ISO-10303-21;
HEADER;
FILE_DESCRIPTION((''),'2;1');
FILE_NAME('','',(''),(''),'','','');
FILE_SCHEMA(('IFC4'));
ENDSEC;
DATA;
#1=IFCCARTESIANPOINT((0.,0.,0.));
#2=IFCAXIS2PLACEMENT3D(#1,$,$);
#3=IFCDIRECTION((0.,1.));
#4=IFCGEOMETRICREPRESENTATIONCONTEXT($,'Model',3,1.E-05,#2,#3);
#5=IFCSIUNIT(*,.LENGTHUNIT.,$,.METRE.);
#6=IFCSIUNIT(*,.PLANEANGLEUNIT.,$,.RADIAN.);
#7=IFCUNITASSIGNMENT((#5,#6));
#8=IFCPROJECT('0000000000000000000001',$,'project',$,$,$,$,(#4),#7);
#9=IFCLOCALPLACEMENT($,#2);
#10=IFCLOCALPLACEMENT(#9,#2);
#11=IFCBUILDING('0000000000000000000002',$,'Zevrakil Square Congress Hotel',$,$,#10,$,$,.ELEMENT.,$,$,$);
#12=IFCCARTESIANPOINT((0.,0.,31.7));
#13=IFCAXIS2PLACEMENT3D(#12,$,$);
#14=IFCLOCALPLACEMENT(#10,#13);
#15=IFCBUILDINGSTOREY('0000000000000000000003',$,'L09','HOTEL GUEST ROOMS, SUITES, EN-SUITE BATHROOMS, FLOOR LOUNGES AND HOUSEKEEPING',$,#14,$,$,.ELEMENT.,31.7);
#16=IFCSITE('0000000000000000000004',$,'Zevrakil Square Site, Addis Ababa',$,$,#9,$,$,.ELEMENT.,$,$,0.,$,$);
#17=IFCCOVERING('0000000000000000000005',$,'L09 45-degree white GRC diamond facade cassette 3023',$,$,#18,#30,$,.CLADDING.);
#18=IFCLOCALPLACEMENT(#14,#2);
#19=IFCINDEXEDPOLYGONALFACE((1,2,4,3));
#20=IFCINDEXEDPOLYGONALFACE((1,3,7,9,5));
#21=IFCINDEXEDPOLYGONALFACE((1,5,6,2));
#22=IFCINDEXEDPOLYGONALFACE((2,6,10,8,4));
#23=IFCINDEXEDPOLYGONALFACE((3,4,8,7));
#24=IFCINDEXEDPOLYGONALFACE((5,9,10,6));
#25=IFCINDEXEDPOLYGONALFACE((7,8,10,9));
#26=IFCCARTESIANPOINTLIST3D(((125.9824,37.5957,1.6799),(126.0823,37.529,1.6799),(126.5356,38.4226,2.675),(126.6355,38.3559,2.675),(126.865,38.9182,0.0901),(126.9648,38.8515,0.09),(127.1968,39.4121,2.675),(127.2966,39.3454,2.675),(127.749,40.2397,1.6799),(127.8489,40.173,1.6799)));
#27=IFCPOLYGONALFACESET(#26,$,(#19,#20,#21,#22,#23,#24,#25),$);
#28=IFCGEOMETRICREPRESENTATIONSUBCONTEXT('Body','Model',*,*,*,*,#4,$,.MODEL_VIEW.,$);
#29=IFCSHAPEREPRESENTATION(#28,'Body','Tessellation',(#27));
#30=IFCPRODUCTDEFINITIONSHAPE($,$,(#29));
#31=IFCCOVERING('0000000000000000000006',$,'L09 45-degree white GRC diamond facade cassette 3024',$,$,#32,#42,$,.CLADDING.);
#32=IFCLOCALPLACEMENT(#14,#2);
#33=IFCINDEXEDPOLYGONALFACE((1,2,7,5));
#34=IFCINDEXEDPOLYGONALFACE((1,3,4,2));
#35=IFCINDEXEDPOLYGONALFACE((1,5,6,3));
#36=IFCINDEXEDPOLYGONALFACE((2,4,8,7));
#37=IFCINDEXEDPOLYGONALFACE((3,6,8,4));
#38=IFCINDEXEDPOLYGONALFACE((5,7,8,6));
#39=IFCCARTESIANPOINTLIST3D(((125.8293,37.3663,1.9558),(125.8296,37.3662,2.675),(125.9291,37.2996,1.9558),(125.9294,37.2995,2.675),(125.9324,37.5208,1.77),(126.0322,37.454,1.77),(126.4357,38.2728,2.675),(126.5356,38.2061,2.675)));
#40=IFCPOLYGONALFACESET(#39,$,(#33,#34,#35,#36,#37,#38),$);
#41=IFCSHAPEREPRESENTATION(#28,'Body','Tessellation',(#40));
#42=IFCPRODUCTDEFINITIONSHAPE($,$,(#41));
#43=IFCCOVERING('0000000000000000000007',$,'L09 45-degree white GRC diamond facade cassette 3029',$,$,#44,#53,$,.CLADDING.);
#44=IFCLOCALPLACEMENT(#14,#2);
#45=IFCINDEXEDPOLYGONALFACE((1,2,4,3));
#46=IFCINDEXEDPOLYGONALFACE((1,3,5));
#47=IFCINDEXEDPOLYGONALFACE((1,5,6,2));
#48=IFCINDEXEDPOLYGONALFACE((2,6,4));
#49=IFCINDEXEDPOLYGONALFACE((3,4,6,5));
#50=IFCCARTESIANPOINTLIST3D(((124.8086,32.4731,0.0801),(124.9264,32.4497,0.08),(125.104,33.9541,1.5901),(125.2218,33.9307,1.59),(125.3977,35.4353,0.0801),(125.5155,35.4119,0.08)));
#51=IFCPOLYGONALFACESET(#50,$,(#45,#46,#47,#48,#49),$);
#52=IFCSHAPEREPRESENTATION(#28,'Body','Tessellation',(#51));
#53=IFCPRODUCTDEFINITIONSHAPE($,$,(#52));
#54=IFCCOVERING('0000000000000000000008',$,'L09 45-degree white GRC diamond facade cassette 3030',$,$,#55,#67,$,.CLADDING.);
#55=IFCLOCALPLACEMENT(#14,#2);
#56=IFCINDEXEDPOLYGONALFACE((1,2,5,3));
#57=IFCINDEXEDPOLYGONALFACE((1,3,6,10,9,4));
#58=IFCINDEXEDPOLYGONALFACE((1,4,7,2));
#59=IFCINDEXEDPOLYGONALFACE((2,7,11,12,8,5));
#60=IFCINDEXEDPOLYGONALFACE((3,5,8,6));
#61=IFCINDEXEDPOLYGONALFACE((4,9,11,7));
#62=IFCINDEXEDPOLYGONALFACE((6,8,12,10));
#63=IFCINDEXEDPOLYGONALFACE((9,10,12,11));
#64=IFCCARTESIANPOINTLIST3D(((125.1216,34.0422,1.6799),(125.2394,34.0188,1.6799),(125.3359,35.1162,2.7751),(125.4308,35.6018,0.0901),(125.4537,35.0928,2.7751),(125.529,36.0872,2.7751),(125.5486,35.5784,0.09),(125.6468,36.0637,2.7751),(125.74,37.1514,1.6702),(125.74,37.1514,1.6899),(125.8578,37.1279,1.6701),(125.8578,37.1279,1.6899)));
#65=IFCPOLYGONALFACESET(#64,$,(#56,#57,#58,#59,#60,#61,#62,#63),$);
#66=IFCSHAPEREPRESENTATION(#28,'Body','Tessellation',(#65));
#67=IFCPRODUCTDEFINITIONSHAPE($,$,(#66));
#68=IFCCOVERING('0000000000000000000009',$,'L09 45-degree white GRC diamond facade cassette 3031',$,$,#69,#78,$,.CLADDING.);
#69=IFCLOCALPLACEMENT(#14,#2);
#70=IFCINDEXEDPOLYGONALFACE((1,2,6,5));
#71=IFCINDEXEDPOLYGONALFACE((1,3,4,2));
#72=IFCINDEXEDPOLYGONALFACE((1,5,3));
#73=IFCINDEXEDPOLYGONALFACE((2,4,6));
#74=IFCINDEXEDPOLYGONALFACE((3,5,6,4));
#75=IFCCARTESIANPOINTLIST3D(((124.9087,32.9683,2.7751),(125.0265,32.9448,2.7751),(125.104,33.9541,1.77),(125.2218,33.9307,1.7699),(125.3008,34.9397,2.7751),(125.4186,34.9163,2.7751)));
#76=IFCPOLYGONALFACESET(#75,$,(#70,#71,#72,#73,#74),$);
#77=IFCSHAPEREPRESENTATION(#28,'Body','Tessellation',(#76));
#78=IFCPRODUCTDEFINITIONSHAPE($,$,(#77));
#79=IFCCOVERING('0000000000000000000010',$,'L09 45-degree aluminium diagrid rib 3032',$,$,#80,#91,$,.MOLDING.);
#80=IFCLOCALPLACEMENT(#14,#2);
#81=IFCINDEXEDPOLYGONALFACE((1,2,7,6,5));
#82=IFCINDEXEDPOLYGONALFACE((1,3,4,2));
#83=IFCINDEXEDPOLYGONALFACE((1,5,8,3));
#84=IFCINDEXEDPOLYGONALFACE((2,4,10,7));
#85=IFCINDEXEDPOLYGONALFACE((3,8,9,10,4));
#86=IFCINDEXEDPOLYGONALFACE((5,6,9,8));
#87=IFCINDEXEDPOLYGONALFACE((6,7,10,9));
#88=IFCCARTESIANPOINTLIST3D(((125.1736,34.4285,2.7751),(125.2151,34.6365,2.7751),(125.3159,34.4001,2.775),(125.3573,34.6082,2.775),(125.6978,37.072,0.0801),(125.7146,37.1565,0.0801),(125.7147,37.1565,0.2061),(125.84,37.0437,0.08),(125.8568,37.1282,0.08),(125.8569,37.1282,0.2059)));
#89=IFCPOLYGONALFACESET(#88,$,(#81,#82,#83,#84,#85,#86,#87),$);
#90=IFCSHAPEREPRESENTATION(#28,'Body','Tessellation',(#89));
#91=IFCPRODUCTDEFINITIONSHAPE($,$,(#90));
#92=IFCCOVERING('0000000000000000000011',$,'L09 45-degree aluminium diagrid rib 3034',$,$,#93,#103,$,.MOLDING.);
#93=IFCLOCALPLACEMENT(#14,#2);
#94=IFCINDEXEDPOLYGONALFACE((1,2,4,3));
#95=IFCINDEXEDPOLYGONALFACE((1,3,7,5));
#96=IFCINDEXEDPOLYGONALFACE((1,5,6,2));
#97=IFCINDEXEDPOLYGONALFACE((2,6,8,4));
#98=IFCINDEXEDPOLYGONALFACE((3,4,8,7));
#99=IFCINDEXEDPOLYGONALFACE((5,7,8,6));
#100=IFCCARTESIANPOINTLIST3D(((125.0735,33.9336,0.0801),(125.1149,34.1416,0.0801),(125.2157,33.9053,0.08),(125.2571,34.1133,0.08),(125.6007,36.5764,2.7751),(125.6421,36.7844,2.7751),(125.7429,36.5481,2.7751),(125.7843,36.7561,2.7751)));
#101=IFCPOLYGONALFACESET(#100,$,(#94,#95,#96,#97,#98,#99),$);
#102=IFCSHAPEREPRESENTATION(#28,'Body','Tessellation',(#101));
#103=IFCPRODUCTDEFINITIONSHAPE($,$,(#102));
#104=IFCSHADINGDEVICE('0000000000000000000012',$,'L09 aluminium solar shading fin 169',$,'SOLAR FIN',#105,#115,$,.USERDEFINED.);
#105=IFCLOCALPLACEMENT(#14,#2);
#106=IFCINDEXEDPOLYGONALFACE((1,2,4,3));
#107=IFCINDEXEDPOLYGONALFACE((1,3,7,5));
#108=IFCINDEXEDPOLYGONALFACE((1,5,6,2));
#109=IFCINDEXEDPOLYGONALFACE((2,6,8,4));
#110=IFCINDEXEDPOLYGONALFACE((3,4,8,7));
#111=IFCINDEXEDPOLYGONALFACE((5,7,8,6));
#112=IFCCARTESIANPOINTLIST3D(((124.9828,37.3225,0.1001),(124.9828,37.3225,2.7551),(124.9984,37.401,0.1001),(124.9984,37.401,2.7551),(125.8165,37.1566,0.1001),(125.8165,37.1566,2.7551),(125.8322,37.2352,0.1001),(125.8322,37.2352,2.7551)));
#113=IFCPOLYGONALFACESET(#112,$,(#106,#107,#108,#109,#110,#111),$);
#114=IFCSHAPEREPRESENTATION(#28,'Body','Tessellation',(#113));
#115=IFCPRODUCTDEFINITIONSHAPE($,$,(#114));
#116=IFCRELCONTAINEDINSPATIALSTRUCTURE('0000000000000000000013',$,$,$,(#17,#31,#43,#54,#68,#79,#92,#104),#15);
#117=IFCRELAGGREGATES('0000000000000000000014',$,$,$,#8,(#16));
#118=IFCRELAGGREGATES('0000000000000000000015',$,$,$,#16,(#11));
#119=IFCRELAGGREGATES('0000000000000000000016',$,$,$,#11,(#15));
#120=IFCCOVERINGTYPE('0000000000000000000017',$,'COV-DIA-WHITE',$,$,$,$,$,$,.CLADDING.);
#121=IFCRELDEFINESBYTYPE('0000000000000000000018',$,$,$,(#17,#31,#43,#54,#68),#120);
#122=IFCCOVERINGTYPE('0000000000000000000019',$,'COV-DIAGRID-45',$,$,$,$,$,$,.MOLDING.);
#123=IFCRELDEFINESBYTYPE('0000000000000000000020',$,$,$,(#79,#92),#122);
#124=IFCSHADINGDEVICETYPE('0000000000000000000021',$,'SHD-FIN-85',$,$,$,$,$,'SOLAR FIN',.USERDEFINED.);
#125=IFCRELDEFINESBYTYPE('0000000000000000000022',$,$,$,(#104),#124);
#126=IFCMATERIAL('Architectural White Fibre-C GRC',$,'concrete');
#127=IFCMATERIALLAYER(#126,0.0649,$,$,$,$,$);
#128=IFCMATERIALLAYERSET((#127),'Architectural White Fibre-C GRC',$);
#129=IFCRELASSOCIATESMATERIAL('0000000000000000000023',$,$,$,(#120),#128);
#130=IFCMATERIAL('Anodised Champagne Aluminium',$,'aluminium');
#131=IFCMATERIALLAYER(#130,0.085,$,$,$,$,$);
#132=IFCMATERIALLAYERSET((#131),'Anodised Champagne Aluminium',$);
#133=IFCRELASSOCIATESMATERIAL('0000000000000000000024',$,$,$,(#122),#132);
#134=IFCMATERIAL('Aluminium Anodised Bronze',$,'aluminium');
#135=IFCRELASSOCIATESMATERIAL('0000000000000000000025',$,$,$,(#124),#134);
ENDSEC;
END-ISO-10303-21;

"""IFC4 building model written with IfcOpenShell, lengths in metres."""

from ifc_helpers import new_model, si_unit, direction, frame, origin, origin_2d, place, context, subcontext, project, spatial, polyline, rectangle, outline, extrude, material, layer, layer_set, type_object, element, save


model = new_model("IFC4")

# Units and contexts
model_context = context("Model", 3, precision=1e-05, world=origin(), true_north=direction((0.0, 1.0)))
body_context = subcontext(model_context, "Body", "Model", "MODEL_VIEW")
ifc_project = project(units=[si_unit("LENGTHUNIT", "METRE"), si_unit("PLANEANGLEUNIT", "RADIAN")], contexts=[model_context])

# Site, building, storey
site_placement = place(None, origin())
site = spatial("IfcSite", under=ifc_project, at=site_placement, Name="Zevrakil Square Site, Addis Ababa", CompositionType="ELEMENT", RefElevation=0.0)
building_placement = place(site_placement, origin())
building = spatial("IfcBuilding", under=site, at=building_placement, Name="Zevrakil Square Congress Hotel", CompositionType="ELEMENT")
storey_placement = place(building_placement, frame((0.0, 0.0, 31.7)))
storey = spatial("IfcBuildingStorey", under=building, at=storey_placement, Name="L09", Description="HOTEL GUEST ROOMS, SUITES, EN-SUITE BATHROOMS, FLOOR LOUNGES AND HOUSEKEEPING", CompositionType="ELEMENT", Elevation=31.7)

# Coverings
ifc_material_1 = material(Name="Architectural White Fibre-C GRC", Category="concrete")
ifc_layer_1 = layer(ifc_material_1, 0.0649)
ifc_layer_set_1 = layer_set([ifc_layer_1], Name="Architectural White Fibre-C GRC")
covering_type_1 = type_object("IfcCoveringType", Name="COV-DIA-WHITE", PredefinedType="CLADDING", material=ifc_layer_set_1)
covering_1_placement = place(storey_placement, frame((125.9824, 37.5957, 1.6799), z_axis=(-0.831483, 0.55555, 0.000581), x_axis=(0.392506, 0.588196, -0.707082)))
element("IfcCovering", 1, at=covering_1_placement, inside=storey, type_object=covering_type_1, Name="L09 45-degree white GRC diamond facade cassette 3023", PredefinedType="CLADDING", context=body_context, shape_type="SweptSolid", body=[
    extrude(outline(polyline([(0.0, 0.0), (2.2485, 0.0), (2.2486, -2.2485), (0.8414, -2.2486), (-0.0001, -1.4072), (0.0, 0.0)])), origin(), (0.0, 0.0, -1.0), 0.1201),
])
covering_2_placement = place(storey_placement, frame((125.9324, 37.5208, 1.77), z_axis=(-0.831333, 0.555774, 0.000489), x_axis=(0.393268, 0.587632, 0.707127)))
element("IfcCovering", 2, at=covering_2_placement, inside=storey, type_object=covering_type_1, Name="L09 45-degree white GRC diamond facade cassette 3024", PredefinedType="CLADDING", context=body_context, shape_type="SweptSolid", body=[
    extrude(outline(polyline([(0.0, 0.0), (1.2799, 0.0), (0.5087, -0.7712), (0.0001, -0.2627), (0.0, 0.0)])), origin(), (0.0, 0.0, -1.0), 0.1201),
])
covering_3_placement = place(storey_placement, frame((125.104, 33.9541, 1.5901), z_axis=(-0.980791, 0.195059, 0.000571), x_axis=(-0.138329, -0.693474, -0.707078)))
element("IfcCovering", 3, at=covering_3_placement, inside=storey, type_object=covering_type_1, Name="L09 45-degree white GRC diamond facade cassette 3029", PredefinedType="CLADDING", context=body_context, shape_type="SweptSolid", body=[
    extrude(outline(polyline([(0.0, 0.0), (2.1356, 0.0), (-0.0001, -2.1355), (0.0, 0.0)])), origin(), (0.0, 0.0, -1.0), 0.1201),
])
covering_4_placement = place(storey_placement, frame((125.1216, 34.0422, 1.6799), z_axis=(-0.980787, 0.195079, 0.000595), x_axis=(0.137533, 0.693627, -0.707083)))
element("IfcCovering", 4, at=covering_4_placement, inside=storey, type_object=covering_type_1, Name="L09 45-degree white GRC diamond facade cassette 3030", PredefinedType="CLADDING", context=body_context, shape_type="SweptSolid", body=[
    extrude(outline(polyline([(0.0, 0.0), (2.2485, 0.0), (2.2485, -2.2346), (2.2346, -2.2486), (0.7, -2.2488), (0.0, -1.5488), (0.0, 0.0)])), origin(), (0.0, 0.0, -1.0), 0.1201),
])
covering_5_placement = place(storey_placement, frame((125.104, 33.9541, 1.77), z_axis=(-0.98079, 0.195065, 0.000738), x_axis=(0.138438, 0.693394, 0.707135)))
element("IfcCovering", 5, at=covering_5_placement, inside=storey, type_object=covering_type_1, Name="L09 45-degree white GRC diamond facade cassette 3031", PredefinedType="CLADDING", context=body_context, shape_type="SweptSolid", body=[
    extrude(outline(polyline([(0.0, 0.0), (1.4214, 0.0), (0.0001, -1.4214), (0.0, 0.0)])), origin(), (0.0, 0.0, -1.0), 0.1201),
])
ifc_material_2 = material(Name="Anodised Champagne Aluminium", Category="aluminium")
ifc_layer_2 = layer(ifc_material_2, 0.085)
ifc_layer_set_2 = layer_set([ifc_layer_2], Name="Anodised Champagne Aluminium")
covering_type_2 = type_object("IfcCoveringType", Name="COV-DIAGRID-45", PredefinedType="MOLDING", material=ifc_layer_set_2)
covering_6_placement = place(storey_placement, frame((125.6978, 37.072, 0.0801), z_axis=(-0.980744, 0.195297, 0.000836), x_axis=(0.195297, 0.980744, 0.0)))
element("IfcCovering", 6, at=covering_6_placement, inside=storey, type_object=covering_type_2, Name="L09 45-degree aluminium diagrid rib 3032", PredefinedType="MOLDING", context=body_context, shape_type="SweptSolid", body=[
    extrude(outline(polyline([(0.0, 0.0), (0.0861, 0.0), (0.0861, -0.126), (-2.4829, -2.6951), (-2.695, -2.6951), (0.0, 0.0)])), origin(), (0.0, 0.0, -1.0), 0.145),
])
covering_7_placement = place(storey_placement, frame((125.6421, 36.7844, 2.7751), z_axis=(-0.980779, 0.19512, 0.000527), x_axis=(-0.19512, -0.980779, 0.0)))
element("IfcCovering", 7, at=covering_7_placement, inside=storey, type_object=covering_type_2, Name="L09 45-degree aluminium diagrid rib 3034", PredefinedType="MOLDING", context=body_context, shape_type="SweptSolid", body=[
    extrude(outline(polyline([(0.0, 0.0), (0.2121, 0.0), (2.907, -2.6951), (2.6949, -2.6951), (0.0, 0.0)])), origin(), (0.0, 0.0, -1.0), 0.145),
])

# Shading device
ifc_material_3 = material(Name="Aluminium Anodised Bronze", Category="aluminium")
shading_device_type = type_object("IfcShadingDeviceType", Name="SHD-FIN-85", ElementType="SOLAR FIN", PredefinedType="USERDEFINED", material=ifc_material_3)
shading_device_placement = place(storey_placement, frame((125.4075, 37.2788, 0.1001), z_axis=(0.0, 0.0, 1.0), x_axis=(-0.980785, 0.19509, 0.0)))
element("IfcShadingDevice", 8, at=shading_device_placement, inside=storey, type_object=shading_device_type, Name="L09 aluminium solar shading fin 169", ObjectType="SOLAR FIN", PredefinedType="USERDEFINED", context=body_context, shape_type="SweptSolid", body=[
    extrude(rectangle(XDim=0.8501, YDim=0.0801, at=origin_2d()), origin(), (0.0, 0.0, 1.0), 2.655),
])

save(model, "model.ifc")
